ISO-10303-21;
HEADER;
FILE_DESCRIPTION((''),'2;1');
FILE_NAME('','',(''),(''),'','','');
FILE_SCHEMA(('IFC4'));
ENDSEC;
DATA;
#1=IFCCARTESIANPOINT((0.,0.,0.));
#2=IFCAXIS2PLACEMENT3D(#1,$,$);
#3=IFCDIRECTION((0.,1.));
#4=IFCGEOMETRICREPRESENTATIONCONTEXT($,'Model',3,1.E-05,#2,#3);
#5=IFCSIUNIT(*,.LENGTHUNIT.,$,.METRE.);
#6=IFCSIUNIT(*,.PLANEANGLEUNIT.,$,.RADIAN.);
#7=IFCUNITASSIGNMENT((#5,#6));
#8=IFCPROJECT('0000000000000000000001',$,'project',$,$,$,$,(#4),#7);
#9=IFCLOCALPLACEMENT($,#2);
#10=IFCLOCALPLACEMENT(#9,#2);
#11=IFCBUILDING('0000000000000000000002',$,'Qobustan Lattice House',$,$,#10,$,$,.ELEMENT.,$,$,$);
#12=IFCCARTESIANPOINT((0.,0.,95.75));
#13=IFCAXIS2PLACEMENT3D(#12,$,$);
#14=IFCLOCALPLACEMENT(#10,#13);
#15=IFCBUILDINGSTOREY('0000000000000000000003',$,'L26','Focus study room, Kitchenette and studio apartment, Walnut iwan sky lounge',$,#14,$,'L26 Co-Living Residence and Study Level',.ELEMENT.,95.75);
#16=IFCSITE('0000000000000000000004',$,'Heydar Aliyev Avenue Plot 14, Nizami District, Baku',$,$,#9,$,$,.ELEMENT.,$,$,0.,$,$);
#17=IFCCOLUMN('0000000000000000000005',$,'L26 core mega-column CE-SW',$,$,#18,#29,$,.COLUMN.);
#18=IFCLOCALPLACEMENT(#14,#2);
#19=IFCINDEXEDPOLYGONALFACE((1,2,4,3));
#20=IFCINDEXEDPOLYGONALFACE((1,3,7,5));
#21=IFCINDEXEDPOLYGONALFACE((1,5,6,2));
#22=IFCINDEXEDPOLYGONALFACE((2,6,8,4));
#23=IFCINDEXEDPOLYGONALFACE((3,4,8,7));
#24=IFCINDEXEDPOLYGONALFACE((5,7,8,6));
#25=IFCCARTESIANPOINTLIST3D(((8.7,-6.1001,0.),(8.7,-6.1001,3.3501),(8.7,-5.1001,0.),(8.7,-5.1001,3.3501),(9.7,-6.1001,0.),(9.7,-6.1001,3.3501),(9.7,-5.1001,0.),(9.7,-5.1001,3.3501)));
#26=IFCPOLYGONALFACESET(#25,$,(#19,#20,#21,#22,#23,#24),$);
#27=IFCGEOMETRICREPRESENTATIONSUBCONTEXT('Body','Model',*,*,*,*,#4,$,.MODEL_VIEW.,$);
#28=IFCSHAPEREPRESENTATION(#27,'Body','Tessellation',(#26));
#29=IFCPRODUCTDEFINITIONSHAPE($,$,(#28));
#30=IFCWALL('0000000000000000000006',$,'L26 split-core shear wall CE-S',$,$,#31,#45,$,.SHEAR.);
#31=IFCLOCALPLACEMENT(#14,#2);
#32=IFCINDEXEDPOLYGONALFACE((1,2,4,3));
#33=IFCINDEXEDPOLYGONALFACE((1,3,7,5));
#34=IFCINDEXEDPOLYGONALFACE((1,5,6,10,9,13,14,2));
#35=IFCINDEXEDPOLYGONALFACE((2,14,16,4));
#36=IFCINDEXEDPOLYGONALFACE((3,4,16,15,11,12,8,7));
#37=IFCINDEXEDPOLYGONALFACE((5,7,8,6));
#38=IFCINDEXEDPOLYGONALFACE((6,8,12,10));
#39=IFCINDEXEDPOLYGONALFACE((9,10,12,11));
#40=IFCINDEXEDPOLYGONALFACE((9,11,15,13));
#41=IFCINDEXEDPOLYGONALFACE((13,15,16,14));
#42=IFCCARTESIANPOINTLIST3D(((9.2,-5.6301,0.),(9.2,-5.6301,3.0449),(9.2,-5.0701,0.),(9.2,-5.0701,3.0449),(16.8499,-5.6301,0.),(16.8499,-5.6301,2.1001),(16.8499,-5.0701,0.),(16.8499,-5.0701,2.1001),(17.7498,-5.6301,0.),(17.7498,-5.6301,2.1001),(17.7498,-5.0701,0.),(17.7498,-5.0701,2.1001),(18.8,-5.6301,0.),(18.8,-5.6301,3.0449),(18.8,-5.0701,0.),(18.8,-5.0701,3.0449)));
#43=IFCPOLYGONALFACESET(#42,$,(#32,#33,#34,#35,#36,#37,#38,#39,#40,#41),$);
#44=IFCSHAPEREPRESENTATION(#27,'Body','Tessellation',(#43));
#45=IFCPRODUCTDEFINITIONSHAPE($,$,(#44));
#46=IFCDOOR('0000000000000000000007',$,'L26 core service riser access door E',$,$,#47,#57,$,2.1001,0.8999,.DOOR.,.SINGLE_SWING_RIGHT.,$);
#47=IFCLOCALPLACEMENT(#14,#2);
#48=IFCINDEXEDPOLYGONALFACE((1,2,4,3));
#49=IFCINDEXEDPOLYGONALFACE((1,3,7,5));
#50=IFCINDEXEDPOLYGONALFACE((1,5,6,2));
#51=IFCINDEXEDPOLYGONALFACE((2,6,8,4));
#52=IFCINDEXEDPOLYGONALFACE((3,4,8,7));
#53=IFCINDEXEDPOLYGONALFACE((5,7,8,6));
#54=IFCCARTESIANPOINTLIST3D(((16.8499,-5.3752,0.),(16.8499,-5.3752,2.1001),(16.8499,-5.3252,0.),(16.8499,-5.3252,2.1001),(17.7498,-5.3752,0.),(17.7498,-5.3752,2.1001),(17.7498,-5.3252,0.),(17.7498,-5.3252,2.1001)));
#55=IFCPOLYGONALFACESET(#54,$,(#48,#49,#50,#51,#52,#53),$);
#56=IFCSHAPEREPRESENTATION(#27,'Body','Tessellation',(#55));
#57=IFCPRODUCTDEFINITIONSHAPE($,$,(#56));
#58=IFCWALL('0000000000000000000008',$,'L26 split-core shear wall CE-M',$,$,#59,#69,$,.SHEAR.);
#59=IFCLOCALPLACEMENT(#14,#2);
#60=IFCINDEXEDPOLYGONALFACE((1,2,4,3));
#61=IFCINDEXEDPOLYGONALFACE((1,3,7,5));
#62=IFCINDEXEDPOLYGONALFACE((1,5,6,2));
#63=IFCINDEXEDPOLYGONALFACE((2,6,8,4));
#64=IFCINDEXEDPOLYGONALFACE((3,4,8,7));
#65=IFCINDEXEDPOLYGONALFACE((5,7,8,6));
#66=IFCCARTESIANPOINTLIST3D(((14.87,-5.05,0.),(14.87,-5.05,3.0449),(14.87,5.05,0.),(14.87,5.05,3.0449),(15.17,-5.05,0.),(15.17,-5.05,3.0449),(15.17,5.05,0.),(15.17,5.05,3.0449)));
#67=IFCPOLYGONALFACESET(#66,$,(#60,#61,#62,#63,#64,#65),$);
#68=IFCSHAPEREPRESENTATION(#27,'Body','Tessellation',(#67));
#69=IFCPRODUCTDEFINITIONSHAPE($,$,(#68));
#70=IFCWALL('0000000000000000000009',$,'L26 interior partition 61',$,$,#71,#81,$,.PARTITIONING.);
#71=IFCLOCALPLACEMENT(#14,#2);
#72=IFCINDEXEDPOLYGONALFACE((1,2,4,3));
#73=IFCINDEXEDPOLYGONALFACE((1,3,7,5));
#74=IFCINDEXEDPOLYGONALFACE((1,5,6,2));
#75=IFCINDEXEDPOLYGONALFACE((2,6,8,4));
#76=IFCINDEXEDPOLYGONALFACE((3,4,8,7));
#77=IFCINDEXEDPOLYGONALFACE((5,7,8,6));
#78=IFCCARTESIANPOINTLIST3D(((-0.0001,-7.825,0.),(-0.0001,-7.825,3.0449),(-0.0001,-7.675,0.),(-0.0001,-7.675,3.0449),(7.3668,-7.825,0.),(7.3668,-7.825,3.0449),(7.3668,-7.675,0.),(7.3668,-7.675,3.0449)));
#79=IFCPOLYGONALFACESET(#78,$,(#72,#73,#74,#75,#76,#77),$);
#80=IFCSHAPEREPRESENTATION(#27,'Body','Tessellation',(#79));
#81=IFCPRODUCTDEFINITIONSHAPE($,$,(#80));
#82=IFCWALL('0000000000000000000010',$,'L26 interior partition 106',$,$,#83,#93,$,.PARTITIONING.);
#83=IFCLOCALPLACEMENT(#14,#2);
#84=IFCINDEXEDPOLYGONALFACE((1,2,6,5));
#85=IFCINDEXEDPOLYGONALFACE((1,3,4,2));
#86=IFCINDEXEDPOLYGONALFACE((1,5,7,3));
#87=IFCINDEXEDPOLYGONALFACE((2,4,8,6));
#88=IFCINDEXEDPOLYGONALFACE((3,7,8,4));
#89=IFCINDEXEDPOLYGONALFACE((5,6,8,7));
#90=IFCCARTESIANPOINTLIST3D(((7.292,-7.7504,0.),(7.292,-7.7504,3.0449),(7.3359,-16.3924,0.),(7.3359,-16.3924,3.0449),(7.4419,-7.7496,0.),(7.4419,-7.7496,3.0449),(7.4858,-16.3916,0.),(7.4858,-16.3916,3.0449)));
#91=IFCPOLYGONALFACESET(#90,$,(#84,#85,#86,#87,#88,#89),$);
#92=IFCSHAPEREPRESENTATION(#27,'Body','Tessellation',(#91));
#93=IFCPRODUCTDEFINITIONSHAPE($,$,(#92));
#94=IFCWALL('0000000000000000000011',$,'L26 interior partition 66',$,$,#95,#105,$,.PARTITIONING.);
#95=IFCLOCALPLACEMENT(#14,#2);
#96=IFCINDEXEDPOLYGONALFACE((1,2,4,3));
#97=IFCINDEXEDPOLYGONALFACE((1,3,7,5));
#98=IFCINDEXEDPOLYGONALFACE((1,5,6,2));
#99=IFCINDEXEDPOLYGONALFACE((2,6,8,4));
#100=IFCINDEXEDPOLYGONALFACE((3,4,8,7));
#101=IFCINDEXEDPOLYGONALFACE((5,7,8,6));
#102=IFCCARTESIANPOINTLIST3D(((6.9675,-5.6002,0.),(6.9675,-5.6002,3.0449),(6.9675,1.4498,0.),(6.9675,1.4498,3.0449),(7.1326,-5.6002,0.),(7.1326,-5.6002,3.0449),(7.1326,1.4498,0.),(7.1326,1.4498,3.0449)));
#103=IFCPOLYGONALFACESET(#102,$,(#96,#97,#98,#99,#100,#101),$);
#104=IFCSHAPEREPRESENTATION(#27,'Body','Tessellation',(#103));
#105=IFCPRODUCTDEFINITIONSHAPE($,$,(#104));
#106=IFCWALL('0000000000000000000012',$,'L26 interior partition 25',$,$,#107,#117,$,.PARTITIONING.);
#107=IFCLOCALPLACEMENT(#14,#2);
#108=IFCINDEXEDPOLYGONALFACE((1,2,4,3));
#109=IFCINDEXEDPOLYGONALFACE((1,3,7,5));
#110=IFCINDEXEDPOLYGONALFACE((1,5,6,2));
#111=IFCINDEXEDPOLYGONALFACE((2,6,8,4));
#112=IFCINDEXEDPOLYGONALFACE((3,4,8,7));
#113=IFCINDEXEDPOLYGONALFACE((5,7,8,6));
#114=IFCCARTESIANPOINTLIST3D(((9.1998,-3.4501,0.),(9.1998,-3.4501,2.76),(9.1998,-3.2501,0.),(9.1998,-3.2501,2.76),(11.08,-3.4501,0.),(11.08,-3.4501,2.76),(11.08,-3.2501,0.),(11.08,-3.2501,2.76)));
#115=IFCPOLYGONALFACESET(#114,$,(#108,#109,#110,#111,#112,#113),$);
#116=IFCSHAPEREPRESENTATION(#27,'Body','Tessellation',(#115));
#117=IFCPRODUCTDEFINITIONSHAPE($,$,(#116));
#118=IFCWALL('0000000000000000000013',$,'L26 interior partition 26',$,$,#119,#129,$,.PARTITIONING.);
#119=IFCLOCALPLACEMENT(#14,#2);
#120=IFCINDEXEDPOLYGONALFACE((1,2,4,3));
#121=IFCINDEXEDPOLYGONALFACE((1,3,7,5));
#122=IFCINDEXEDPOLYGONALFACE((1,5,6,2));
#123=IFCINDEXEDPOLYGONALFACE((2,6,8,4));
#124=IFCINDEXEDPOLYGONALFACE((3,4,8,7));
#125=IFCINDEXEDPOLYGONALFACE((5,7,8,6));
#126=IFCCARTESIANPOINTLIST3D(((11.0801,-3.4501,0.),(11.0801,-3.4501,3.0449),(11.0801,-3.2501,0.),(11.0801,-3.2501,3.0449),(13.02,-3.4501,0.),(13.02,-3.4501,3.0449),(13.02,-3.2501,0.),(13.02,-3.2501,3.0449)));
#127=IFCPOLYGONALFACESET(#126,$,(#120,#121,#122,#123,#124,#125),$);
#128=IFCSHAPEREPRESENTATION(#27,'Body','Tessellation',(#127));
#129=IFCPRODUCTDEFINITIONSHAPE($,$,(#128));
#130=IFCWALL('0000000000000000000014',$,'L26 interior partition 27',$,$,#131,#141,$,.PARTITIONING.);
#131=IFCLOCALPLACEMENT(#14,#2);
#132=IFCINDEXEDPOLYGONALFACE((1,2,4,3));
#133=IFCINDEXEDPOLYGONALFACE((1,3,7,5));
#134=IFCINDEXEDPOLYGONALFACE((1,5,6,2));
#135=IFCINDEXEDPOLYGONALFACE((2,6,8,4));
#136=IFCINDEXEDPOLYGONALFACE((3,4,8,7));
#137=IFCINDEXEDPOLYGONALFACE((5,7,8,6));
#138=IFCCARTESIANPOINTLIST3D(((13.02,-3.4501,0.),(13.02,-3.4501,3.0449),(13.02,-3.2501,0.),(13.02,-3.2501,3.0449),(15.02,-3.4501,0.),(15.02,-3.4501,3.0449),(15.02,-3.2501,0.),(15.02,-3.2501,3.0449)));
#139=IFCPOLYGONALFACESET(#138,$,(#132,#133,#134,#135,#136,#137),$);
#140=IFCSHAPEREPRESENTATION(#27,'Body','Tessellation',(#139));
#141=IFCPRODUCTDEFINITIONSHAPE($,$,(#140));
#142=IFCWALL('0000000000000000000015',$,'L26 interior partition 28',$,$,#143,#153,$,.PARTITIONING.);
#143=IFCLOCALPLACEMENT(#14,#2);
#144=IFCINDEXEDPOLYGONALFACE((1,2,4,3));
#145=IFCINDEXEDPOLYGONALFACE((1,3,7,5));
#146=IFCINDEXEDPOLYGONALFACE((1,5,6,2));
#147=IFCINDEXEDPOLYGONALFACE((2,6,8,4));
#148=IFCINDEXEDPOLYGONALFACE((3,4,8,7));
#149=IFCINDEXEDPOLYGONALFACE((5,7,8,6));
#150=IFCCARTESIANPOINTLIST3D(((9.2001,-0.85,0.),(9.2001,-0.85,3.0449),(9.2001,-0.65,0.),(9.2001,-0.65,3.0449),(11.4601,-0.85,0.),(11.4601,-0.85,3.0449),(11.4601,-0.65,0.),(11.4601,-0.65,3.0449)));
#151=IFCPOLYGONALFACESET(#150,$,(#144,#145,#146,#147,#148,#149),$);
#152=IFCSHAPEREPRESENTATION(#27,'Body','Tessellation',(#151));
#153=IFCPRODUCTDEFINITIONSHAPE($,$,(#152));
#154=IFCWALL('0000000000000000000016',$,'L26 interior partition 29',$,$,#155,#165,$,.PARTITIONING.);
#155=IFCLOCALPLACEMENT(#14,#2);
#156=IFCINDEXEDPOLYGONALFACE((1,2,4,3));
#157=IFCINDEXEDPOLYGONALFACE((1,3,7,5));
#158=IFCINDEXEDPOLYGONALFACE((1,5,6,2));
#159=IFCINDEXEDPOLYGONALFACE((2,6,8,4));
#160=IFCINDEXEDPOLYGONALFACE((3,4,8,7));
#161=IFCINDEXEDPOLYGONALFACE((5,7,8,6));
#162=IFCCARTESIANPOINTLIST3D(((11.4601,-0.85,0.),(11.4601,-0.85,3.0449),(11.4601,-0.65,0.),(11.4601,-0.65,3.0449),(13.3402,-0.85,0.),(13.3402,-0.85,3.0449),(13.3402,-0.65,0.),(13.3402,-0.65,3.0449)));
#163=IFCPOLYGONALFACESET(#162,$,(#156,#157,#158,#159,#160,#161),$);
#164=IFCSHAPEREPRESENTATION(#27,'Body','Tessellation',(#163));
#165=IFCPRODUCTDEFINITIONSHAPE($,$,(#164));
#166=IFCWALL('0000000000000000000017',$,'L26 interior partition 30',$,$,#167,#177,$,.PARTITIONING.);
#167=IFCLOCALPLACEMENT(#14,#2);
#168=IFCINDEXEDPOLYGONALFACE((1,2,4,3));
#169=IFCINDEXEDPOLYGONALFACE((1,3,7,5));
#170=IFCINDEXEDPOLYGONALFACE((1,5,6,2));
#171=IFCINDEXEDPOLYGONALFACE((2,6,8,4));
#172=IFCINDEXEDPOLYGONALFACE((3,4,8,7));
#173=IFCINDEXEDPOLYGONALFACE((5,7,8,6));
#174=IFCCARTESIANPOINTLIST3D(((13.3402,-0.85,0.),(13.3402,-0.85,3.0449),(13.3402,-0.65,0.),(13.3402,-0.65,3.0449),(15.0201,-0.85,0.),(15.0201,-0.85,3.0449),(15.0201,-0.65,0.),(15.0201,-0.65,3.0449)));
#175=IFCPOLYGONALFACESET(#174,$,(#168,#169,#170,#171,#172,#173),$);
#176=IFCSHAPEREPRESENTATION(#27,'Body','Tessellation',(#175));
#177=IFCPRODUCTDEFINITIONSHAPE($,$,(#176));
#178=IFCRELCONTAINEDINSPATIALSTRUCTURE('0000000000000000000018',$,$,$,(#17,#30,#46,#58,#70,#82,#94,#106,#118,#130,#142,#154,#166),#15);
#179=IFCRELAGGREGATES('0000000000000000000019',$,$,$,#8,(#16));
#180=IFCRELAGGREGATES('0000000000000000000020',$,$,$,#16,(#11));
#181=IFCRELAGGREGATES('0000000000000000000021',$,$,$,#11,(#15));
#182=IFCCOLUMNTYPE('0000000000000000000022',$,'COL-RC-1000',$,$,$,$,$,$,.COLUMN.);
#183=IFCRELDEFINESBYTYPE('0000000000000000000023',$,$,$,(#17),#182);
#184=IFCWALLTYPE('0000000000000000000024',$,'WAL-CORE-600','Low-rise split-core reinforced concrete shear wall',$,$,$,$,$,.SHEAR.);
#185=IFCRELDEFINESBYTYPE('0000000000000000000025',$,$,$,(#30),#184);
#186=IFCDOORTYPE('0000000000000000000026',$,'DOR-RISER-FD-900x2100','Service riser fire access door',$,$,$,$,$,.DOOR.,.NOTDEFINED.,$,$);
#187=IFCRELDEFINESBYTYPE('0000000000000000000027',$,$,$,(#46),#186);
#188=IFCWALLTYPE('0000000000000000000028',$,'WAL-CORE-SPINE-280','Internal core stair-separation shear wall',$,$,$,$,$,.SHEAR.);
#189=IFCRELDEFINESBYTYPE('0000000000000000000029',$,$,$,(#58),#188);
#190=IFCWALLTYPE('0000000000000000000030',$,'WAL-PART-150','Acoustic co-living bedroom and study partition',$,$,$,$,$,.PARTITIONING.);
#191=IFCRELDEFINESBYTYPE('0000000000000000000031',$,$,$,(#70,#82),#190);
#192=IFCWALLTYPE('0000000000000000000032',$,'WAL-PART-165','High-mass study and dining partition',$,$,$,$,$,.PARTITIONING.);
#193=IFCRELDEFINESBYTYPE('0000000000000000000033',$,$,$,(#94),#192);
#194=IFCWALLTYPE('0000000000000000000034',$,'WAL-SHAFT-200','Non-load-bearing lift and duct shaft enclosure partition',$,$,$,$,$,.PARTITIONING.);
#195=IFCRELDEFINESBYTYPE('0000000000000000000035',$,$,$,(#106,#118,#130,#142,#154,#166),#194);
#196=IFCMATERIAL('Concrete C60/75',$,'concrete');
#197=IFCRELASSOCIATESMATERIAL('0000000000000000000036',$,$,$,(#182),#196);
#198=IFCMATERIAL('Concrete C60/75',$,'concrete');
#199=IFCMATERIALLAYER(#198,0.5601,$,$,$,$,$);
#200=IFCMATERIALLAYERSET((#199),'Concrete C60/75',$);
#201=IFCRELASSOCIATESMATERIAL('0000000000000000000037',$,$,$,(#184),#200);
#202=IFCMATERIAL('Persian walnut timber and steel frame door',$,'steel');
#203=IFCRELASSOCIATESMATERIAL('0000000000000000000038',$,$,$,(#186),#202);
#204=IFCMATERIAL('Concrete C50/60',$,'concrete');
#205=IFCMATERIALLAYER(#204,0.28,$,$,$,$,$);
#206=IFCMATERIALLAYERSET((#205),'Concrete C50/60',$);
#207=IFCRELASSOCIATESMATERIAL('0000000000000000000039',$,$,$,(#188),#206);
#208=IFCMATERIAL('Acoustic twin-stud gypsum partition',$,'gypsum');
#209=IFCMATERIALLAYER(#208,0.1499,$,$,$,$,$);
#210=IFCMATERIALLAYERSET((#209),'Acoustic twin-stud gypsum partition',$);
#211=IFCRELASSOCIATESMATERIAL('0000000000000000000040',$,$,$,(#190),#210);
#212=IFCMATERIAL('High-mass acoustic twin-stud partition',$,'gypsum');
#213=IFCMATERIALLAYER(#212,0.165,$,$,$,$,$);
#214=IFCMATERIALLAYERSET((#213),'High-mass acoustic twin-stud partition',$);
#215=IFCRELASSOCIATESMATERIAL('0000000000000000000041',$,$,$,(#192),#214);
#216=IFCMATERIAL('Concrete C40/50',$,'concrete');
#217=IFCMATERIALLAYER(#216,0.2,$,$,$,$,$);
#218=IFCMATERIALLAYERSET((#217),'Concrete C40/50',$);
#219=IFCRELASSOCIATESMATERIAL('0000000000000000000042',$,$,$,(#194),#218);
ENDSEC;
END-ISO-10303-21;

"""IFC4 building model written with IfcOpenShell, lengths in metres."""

from ifc_helpers import new_model, si_unit, direction, frame, frame_2d, origin, origin_2d, place, context, subcontext, project, spatial, rectangle, extrude, material, layer, layer_set, material_profile, profile_set, type_object, element, fill, save


model = new_model("IFC4")

# Units and contexts
model_context = context("Model", 3, precision=1e-05, world=origin(), true_north=direction((0.0, 1.0)))
body_context = subcontext(model_context, "Body", "Model", "MODEL_VIEW")
ifc_project = project(units=[si_unit("LENGTHUNIT", "METRE"), si_unit("PLANEANGLEUNIT", "RADIAN")], contexts=[model_context])

# Site, building, storey
site_placement = place(None, origin())
site = spatial("IfcSite", under=ifc_project, at=site_placement, Name="Heydar Aliyev Avenue Plot 14, Nizami District, Baku", CompositionType="ELEMENT", RefElevation=0.0)
building_placement = place(site_placement, origin())
building = spatial("IfcBuilding", under=site, at=building_placement, Name="Qobustan Lattice House", CompositionType="ELEMENT")
storey_placement = place(building_placement, frame((0.0, 0.0, 95.75)))
storey = spatial("IfcBuildingStorey", under=building, at=storey_placement, Name="L26", Description="Focus study room, Kitchenette and studio apartment, Walnut iwan sky lounge", LongName="L26 Co-Living Residence and Study Level", CompositionType="ELEMENT", Elevation=95.75)

# Column
ifc_material_1 = material(Name="Concrete C60/75", Category="concrete")
ifc_material_profile = material_profile(ifc_material_1, rectangle(XDim=1.0, YDim=1.0, at=origin_2d()), Name="RC1000x1000")
ifc_profile_set = profile_set([ifc_material_profile], Name="Concrete C60/75")
column_type = type_object("IfcColumnType", Name="COL-RC-1000", PredefinedType="COLUMN", material=ifc_profile_set)
column_placement = place(storey_placement, frame((9.2, -5.6001, 0.0), z_axis=(0.0, 0.0, 1.0), x_axis=(1.0, 0.0, 0.0)))
element("IfcColumn", 1, at=column_placement, inside=storey, type_object=column_type, Name="L26 core mega-column CE-SW", PredefinedType="COLUMN", context=body_context, shape_type="SweptSolid", body=[
    extrude(rectangle(XDim=1.0, YDim=1.0, at=origin_2d()), origin(), (0.0, 0.0, 1.0), 3.3501),
])

# Wall, opening, door
ifc_material_2 = material(Name="Concrete C60/75", Category="concrete")
ifc_layer_1 = layer(ifc_material_2, 0.5601)
ifc_layer_set_1 = layer_set([ifc_layer_1], Name="Concrete C60/75")
wall_type_1 = type_object("IfcWallType", Name="WAL-CORE-600", Description="Low-rise split-core reinforced concrete shear wall", PredefinedType="SHEAR", material=ifc_layer_set_1)
wall_1_placement = place(storey_placement, frame((9.2, -5.3501, 0.0), z_axis=(0.0, 0.0, 1.0), x_axis=(1.0, 0.0, 0.0)))
wall_1 = element("IfcWall", 2, at=wall_1_placement, inside=storey, type_object=wall_type_1, Name="L26 split-core shear wall CE-S", PredefinedType="SHEAR", context=body_context, shape_type="SweptSolid", body=[
    extrude(rectangle(XDim=9.6001, YDim=0.5601, at=frame_2d((4.8, 0.0))), origin(), (0.0, 0.0, 1.0), 3.0449),
])
opening_1_placement = place(wall_1_placement, frame((7.6499, 0.0, 0.0)))
opening_1 = element("IfcOpeningElement", 3, at=opening_1_placement, cuts=wall_1, PredefinedType="OPENING", context=body_context, shape_type="SweptSolid", body=[
    extrude(rectangle(XDim=0.8999, YDim=2.1001, at=frame_2d((0.45, 1.05))), frame((0.0, 0.29, 0.0), z_axis=(0.0, -1.0, 0.0), x_axis=(1.0, 0.0, 0.0)), (0.0, 0.0, 1.0), 0.5801),
])
ifc_material_3 = material(Name="Persian walnut timber and steel frame door", Category="steel")
door_type_1 = type_object("IfcDoorType", Name="DOR-RISER-FD-900x2100", Description="Service riser fire access door", OperationType="NOTDEFINED", PredefinedType="DOOR", material=ifc_material_3)
door_1_placement = place(opening_1_placement, origin())
door_1 = element("IfcDoor", 4, at=door_1_placement, inside=storey, type_object=door_type_1, Name="L26 core service riser access door E", OperationType="SINGLE_SWING_RIGHT", OverallHeight=2.1001, OverallWidth=0.8999, PredefinedType="DOOR", context=body_context, shape_type="SweptSolid", body=[
    extrude(rectangle(XDim=0.8999, YDim=2.1001, at=frame_2d((0.45, 1.05))), frame((0.0, 0.0249, 0.0), z_axis=(0.0, -1.0, 0.0), x_axis=(1.0, 0.0, 0.0)), (0.0, 0.0, 1.0), 0.05),
])
fill(opening_1, door_1)

# Walls
ifc_material_4 = material(Name="Concrete C50/60", Category="concrete")
ifc_layer_2 = layer(ifc_material_4, 0.28)
ifc_layer_set_2 = layer_set([ifc_layer_2], Name="Concrete C50/60")
wall_type_2 = type_object("IfcWallType", Name="WAL-CORE-SPINE-280", Description="Internal core stair-separation shear wall", PredefinedType="SHEAR", material=ifc_layer_set_2)
wall_2_placement = place(storey_placement, frame((15.02, -5.05, 0.0), z_axis=(0.0, 0.0, 1.0), x_axis=(0.0, 1.0, 0.0)))
element("IfcWall", 5, at=wall_2_placement, inside=storey, type_object=wall_type_2, Name="L26 split-core shear wall CE-M", PredefinedType="SHEAR", context=body_context, shape_type="SweptSolid", body=[
    extrude(rectangle(XDim=10.1001, YDim=0.3, at=frame_2d((5.05, 0.0))), origin(), (0.0, 0.0, 1.0), 3.0449),
])
ifc_material_5 = material(Name="Acoustic twin-stud gypsum partition", Category="gypsum")
ifc_layer_3 = layer(ifc_material_5, 0.1499)
ifc_layer_set_3 = layer_set([ifc_layer_3], Name="Acoustic twin-stud gypsum partition")
wall_type_3 = type_object("IfcWallType", Name="WAL-PART-150", Description="Acoustic co-living bedroom and study partition", PredefinedType="PARTITIONING", material=ifc_layer_set_3)
wall_3_placement = place(storey_placement, frame((7.3669, -7.75, 0.0), z_axis=(0.0, 0.0, 1.0), x_axis=(-1.0, 0.0, 0.0)))
element("IfcWall", 6, at=wall_3_placement, inside=storey, type_object=wall_type_3, Name="L26 interior partition 61", PredefinedType="PARTITIONING", context=body_context, shape_type="SweptSolid", body=[
    extrude(rectangle(XDim=7.3669, YDim=0.1499, at=frame_2d((3.6836, 0.0))), origin(), (0.0, 0.0, 1.0), 3.0449),
])
wall_4_placement = place(storey_placement, frame((7.3669, -7.75, 0.0), z_axis=(0.0, 0.0, 1.0), x_axis=(0.005085, -0.999987, 0.0)))
element("IfcWall", 7, at=wall_4_placement, inside=storey, type_object=wall_type_3, Name="L26 interior partition 106", PredefinedType="PARTITIONING", context=body_context, shape_type="SweptSolid", body=[
    extrude(rectangle(XDim=8.6421, YDim=0.1499, at=frame_2d((4.321, 0.0))), origin(), (0.0, 0.0, 1.0), 3.0449),
])
ifc_material_6 = material(Name="High-mass acoustic twin-stud partition", Category="gypsum")
ifc_layer_4 = layer(ifc_material_6, 0.165)
ifc_layer_set_4 = layer_set([ifc_layer_4], Name="High-mass acoustic twin-stud partition")
wall_type_4 = type_object("IfcWallType", Name="WAL-PART-165", Description="High-mass study and dining partition", PredefinedType="PARTITIONING", material=ifc_layer_set_4)
wall_5_placement = place(storey_placement, frame((7.05, -5.6001, 0.0), z_axis=(0.0, 0.0, 1.0), x_axis=(0.0, 1.0, 0.0)))
element("IfcWall", 8, at=wall_5_placement, inside=storey, type_object=wall_type_4, Name="L26 interior partition 66", PredefinedType="PARTITIONING", context=body_context, shape_type="SweptSolid", body=[
    extrude(rectangle(XDim=7.05, YDim=0.165, at=frame_2d((3.5249, 0.0))), origin(), (0.0, 0.0, 1.0), 3.0449),
])
ifc_material_7 = material(Name="Concrete C40/50", Category="concrete")
ifc_layer_5 = layer(ifc_material_7, 0.2)
ifc_layer_set_5 = layer_set([ifc_layer_5], Name="Concrete C40/50")
wall_type_5 = type_object("IfcWallType", Name="WAL-SHAFT-200", Description="Non-load-bearing lift and duct shaft enclosure partition", PredefinedType="PARTITIONING", material=ifc_layer_set_5)
wall_6_placement = place(storey_placement, frame((9.2, -3.3501, 0.0), z_axis=(0.0, 0.0, 1.0), x_axis=(1.0, 0.0, 0.0)))
element("IfcWall", 9, at=wall_6_placement, inside=storey, type_object=wall_type_5, Name="L26 interior partition 25", PredefinedType="PARTITIONING", context=body_context, shape_type="SweptSolid", body=[
    extrude(rectangle(XDim=1.8801, YDim=0.2, at=frame_2d((0.9399, 0.0))), origin(), (0.0, 0.0, 1.0), 2.76),
])
wall_7_placement = place(storey_placement, frame((11.0801, -3.3501, 0.0), z_axis=(0.0, 0.0, 1.0), x_axis=(1.0, 0.0, 0.0)))
element("IfcWall", 10, at=wall_7_placement, inside=storey, type_object=wall_type_5, Name="L26 interior partition 26", PredefinedType="PARTITIONING", context=body_context, shape_type="SweptSolid", body=[
    extrude(rectangle(XDim=1.9399, YDim=0.2, at=frame_2d((0.97, 0.0))), origin(), (0.0, 0.0, 1.0), 3.0449),
])
wall_8_placement = place(storey_placement, frame((13.02, -3.3501, 0.0), z_axis=(0.0, 0.0, 1.0), x_axis=(1.0, 0.0, 0.0)))
element("IfcWall", 11, at=wall_8_placement, inside=storey, type_object=wall_type_5, Name="L26 interior partition 27", PredefinedType="PARTITIONING", context=body_context, shape_type="SweptSolid", body=[
    extrude(rectangle(XDim=2.0, YDim=0.2, at=frame_2d((1.0, 0.0))), origin(), (0.0, 0.0, 1.0), 3.0449),
])
wall_9_placement = place(storey_placement, frame((11.46, -0.75, 0.0), z_axis=(0.0, 0.0, 1.0), x_axis=(-1.0, 0.0, 0.0)))
element("IfcWall", 12, at=wall_9_placement, inside=storey, type_object=wall_type_5, Name="L26 interior partition 28", PredefinedType="PARTITIONING", context=body_context, shape_type="SweptSolid", body=[
    extrude(rectangle(XDim=2.26, YDim=0.2, at=frame_2d((1.1299, 0.0))), origin(), (0.0, 0.0, 1.0), 3.0449),
])
wall_10_placement = place(storey_placement, frame((13.3401, -0.75, 0.0), z_axis=(0.0, 0.0, 1.0), x_axis=(-1.0, 0.0, 0.0)))
element("IfcWall", 13, at=wall_10_placement, inside=storey, type_object=wall_type_5, Name="L26 interior partition 29", PredefinedType="PARTITIONING", context=body_context, shape_type="SweptSolid", body=[
    extrude(rectangle(XDim=1.8801, YDim=0.2, at=frame_2d((0.9399, 0.0))), origin(), (0.0, 0.0, 1.0), 3.0449),
])
wall_11_placement = place(storey_placement, frame((15.02, -0.75, 0.0), z_axis=(0.0, 0.0, 1.0), x_axis=(-1.0, 0.0, 0.0)))
element("IfcWall", 14, at=wall_11_placement, inside=storey, type_object=wall_type_5, Name="L26 interior partition 30", PredefinedType="PARTITIONING", context=body_context, shape_type="SweptSolid", body=[
    extrude(rectangle(XDim=1.6799, YDim=0.2, at=frame_2d((0.8398, 0.0))), origin(), (0.0, 0.0, 1.0), 3.0449),
])

save(model, "model.ifc")
